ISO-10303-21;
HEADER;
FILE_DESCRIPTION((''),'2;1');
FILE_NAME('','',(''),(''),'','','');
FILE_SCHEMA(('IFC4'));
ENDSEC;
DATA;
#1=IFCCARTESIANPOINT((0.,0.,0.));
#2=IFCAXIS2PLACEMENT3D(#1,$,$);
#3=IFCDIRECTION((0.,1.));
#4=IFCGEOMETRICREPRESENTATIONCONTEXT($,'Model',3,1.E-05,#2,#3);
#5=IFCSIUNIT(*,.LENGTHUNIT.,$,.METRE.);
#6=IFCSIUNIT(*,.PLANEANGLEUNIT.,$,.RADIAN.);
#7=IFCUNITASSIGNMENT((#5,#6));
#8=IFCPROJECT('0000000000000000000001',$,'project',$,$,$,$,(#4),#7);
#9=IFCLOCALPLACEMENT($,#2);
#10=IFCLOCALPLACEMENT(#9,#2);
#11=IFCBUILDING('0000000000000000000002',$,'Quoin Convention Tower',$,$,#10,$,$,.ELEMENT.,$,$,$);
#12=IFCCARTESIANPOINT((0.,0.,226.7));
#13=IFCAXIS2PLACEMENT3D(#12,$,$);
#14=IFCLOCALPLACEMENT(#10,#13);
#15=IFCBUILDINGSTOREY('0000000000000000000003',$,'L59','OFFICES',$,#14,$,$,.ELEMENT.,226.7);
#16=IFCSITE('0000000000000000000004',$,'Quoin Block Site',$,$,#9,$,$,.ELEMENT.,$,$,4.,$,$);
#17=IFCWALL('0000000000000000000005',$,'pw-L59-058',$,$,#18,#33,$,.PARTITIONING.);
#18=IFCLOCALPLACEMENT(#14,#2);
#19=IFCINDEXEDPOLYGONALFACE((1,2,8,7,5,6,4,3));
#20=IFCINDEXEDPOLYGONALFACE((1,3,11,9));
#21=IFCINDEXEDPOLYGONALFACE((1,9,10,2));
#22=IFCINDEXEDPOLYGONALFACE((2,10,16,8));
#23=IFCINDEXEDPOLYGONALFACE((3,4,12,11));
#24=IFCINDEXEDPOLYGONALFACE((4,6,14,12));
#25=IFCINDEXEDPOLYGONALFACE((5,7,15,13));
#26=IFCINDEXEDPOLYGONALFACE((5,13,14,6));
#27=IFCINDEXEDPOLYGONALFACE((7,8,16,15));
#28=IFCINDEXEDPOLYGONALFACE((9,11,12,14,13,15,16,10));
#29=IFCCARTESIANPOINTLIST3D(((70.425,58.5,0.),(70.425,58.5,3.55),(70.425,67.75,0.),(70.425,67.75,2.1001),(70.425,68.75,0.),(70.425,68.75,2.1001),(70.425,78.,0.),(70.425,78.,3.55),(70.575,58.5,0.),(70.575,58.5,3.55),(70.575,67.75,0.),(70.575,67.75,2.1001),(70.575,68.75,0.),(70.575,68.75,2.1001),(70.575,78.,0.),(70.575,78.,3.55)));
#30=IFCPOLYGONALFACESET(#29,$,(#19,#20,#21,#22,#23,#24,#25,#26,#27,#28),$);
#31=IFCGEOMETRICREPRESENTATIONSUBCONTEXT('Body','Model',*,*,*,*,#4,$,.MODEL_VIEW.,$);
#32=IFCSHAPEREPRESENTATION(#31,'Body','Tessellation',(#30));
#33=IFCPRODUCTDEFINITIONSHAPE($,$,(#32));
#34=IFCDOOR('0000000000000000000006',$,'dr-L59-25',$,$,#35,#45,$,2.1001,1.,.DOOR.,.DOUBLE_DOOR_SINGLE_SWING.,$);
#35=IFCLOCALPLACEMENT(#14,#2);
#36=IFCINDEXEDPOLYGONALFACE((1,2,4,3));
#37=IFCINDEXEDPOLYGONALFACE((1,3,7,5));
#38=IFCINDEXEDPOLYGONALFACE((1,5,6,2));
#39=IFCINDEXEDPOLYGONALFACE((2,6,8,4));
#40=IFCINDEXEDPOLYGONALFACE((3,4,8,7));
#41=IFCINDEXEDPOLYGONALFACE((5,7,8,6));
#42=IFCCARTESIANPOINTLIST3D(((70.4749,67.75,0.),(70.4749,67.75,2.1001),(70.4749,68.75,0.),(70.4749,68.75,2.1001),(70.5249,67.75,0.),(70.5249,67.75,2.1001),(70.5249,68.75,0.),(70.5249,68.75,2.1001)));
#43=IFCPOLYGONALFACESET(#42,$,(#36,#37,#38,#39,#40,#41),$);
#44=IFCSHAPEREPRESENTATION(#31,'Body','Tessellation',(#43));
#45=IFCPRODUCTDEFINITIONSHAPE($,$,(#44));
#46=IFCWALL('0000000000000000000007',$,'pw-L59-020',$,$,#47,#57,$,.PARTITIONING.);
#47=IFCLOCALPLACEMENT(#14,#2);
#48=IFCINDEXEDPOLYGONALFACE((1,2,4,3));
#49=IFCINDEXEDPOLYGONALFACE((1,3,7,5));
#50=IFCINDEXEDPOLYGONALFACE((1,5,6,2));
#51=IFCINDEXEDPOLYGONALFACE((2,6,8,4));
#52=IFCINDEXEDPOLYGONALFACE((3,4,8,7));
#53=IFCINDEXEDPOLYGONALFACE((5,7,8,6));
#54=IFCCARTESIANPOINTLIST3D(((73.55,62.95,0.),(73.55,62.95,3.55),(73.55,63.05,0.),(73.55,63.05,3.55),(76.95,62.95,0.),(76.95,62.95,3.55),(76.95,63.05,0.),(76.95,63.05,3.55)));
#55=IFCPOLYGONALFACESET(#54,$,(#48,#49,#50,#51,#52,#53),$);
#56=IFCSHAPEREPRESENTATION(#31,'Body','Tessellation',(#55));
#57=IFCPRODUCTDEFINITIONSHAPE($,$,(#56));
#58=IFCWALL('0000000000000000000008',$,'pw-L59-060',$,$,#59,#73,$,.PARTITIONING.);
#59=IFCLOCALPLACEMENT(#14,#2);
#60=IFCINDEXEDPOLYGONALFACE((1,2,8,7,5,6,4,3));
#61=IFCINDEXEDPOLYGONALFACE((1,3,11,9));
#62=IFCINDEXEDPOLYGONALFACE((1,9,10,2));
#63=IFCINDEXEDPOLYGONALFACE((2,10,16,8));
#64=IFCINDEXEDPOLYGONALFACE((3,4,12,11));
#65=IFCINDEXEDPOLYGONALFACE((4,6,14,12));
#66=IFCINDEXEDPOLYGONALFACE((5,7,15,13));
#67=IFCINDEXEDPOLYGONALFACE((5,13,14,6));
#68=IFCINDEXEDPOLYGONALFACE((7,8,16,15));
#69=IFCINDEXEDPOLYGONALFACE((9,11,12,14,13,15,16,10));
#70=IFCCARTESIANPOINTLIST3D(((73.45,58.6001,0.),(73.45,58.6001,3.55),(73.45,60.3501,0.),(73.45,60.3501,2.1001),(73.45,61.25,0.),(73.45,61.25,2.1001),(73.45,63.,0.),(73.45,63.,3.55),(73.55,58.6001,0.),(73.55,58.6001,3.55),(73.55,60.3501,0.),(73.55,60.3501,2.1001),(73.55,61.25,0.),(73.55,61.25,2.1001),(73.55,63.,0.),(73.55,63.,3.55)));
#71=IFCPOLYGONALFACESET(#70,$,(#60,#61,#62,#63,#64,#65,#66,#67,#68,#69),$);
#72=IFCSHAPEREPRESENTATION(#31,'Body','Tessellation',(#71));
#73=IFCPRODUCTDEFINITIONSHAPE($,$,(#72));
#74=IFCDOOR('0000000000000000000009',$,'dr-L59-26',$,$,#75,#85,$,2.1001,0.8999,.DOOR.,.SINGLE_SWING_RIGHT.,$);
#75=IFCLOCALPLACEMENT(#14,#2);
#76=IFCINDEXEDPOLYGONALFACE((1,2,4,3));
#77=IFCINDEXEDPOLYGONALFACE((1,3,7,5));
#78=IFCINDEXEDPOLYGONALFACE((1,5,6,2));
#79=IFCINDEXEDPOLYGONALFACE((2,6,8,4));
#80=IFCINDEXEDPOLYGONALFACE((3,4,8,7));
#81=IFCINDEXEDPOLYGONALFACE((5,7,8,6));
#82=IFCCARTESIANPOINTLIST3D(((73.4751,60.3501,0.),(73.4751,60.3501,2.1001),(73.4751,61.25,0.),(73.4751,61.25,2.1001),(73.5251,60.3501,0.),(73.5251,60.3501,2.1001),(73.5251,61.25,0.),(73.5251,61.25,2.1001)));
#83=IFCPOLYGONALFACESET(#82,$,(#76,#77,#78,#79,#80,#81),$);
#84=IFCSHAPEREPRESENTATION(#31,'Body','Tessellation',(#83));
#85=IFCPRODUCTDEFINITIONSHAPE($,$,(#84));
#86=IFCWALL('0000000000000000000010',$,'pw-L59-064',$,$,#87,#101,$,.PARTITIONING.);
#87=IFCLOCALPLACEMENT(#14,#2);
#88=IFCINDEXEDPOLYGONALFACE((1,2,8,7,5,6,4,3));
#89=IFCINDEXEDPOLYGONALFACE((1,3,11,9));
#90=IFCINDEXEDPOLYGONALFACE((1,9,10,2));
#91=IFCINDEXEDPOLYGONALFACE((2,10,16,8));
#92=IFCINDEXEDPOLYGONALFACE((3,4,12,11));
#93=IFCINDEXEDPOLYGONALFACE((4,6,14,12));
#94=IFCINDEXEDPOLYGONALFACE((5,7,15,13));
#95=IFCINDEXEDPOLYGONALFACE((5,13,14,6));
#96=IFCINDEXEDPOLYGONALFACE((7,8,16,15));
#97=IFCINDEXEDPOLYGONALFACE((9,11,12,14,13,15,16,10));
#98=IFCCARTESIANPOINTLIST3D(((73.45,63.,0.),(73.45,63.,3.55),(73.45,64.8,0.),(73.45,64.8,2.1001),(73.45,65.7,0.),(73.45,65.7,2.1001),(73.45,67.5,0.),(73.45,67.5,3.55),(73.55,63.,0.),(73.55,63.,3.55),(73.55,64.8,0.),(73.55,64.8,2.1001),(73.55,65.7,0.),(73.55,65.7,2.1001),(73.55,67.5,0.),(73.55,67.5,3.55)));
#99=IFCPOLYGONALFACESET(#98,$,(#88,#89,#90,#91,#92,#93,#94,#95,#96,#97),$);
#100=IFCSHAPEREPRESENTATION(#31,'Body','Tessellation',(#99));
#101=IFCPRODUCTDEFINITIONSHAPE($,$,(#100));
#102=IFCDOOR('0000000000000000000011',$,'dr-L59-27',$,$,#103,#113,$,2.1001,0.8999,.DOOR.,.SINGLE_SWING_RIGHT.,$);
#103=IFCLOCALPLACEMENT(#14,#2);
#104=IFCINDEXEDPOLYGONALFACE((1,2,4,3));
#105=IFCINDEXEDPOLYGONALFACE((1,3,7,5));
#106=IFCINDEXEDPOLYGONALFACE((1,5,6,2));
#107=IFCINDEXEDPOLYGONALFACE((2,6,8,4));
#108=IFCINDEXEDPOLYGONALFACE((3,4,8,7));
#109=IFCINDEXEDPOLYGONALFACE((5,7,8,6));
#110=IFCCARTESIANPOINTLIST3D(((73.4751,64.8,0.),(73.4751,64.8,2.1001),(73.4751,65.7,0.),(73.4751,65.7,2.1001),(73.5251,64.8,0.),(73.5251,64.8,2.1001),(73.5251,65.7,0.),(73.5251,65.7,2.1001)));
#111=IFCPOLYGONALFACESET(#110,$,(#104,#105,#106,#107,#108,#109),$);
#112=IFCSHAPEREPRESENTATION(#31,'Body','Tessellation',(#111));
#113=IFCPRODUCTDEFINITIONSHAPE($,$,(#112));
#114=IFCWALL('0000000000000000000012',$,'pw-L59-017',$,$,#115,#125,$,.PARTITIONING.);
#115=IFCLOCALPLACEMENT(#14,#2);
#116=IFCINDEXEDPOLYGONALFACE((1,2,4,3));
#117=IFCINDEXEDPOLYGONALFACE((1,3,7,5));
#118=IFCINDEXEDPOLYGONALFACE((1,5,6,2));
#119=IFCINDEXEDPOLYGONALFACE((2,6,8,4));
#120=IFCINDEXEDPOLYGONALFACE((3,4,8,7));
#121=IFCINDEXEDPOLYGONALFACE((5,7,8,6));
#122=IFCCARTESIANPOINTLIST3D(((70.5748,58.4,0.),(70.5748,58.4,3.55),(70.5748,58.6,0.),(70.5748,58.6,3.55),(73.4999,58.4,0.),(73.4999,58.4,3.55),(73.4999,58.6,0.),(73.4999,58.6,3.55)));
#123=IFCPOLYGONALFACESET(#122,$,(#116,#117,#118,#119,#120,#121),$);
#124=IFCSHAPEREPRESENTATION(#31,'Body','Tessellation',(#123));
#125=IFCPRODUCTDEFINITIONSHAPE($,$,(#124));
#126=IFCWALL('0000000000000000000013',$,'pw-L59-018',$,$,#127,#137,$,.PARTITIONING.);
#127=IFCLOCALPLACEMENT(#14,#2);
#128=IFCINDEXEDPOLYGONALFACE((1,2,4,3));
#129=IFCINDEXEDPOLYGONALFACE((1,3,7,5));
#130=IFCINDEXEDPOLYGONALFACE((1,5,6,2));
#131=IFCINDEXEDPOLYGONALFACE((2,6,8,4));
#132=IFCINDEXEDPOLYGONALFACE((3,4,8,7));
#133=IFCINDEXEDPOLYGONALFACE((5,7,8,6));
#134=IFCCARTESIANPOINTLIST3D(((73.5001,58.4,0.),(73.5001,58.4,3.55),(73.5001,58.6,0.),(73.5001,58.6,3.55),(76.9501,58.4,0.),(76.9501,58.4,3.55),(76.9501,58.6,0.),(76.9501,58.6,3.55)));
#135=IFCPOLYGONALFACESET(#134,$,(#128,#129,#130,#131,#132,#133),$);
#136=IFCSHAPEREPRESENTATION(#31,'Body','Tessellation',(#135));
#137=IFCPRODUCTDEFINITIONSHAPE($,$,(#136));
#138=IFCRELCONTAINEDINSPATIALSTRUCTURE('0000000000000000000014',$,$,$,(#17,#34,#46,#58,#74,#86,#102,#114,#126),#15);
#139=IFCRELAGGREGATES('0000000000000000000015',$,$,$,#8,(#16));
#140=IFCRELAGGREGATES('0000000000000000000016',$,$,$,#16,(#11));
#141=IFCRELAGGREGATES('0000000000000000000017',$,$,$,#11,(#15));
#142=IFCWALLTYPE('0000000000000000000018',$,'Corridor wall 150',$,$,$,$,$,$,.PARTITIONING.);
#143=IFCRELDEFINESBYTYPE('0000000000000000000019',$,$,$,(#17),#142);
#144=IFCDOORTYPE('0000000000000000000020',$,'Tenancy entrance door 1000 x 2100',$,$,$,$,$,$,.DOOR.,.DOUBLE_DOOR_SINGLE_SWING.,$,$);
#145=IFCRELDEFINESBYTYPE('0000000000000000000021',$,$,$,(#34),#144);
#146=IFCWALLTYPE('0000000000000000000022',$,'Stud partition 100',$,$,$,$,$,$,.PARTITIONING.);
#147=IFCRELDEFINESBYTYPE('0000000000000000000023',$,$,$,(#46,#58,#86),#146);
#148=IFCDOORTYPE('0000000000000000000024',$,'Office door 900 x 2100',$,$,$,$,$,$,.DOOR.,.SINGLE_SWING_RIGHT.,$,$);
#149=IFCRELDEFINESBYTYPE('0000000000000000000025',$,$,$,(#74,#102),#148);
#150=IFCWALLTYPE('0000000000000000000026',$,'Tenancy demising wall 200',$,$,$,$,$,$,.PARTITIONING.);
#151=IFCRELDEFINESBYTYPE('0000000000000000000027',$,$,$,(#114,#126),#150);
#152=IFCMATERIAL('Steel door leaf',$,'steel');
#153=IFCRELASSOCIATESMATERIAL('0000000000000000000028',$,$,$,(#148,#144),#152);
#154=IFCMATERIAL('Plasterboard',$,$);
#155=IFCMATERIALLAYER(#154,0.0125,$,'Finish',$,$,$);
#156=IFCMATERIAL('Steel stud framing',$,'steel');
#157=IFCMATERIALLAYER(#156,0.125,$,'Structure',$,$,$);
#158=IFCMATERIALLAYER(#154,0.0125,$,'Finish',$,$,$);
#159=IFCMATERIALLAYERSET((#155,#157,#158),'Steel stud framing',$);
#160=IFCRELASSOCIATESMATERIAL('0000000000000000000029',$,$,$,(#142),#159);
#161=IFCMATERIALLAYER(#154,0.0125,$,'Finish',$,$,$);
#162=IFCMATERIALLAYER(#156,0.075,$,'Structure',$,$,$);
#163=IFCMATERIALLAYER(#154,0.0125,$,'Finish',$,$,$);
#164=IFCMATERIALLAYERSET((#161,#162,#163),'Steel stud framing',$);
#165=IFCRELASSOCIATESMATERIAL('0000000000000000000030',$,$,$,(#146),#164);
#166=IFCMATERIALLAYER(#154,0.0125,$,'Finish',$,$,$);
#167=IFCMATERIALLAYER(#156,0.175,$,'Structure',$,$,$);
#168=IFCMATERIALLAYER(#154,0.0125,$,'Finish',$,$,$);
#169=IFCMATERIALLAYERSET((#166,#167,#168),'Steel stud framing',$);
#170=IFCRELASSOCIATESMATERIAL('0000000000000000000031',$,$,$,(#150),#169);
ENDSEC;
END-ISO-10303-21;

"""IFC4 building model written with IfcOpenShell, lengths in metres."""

from ifc_helpers import new_model, si_unit, direction, frame, frame_2d, origin, place, context, subcontext, project, spatial, rectangle, extrude, material, layer, layer_set, type_object, element, fill, save


model = new_model("IFC4")

# Units and contexts
model_context = context("Model", 3, precision=1e-05, world=origin(), true_north=direction((0.0, 1.0)))
body_context = subcontext(model_context, "Body", "Model", "MODEL_VIEW")
ifc_project = project(units=[si_unit("LENGTHUNIT", "METRE"), si_unit("PLANEANGLEUNIT", "RADIAN")], contexts=[model_context])

# Site, building, storey
site_placement = place(None, origin())
site = spatial("IfcSite", under=ifc_project, at=site_placement, Name="Quoin Block Site", CompositionType="ELEMENT", RefElevation=4.0)
building_placement = place(site_placement, origin())
building = spatial("IfcBuilding", under=site, at=building_placement, Name="Quoin Convention Tower", CompositionType="ELEMENT")
storey_placement = place(building_placement, frame((0.0, 0.0, 226.7)))
storey = spatial("IfcBuildingStorey", under=building, at=storey_placement, Name="L59", Description="OFFICES", CompositionType="ELEMENT", Elevation=226.7)

# Shared definitions
ifc_material_1 = material(Name="Plasterboard")
ifc_material_2 = material(Name="Steel stud framing", Category="steel")

# Wall, opening, door
ifc_material_3 = material(Name="Steel door leaf", Category="steel")
door_type_1 = type_object("IfcDoorType", Name="Office door 900 x 2100", OperationType="SINGLE_SWING_RIGHT", PredefinedType="DOOR", material=ifc_material_3)
ifc_layer_1 = layer(ifc_material_1, 0.0125, Name="Finish")
ifc_layer_2 = layer(ifc_material_2, 0.125, Name="Structure")
ifc_layer_3 = layer(ifc_material_1, 0.0125, Name="Finish")
ifc_layer_set_1 = layer_set([ifc_layer_1, ifc_layer_2, ifc_layer_3], Name="Steel stud framing")
wall_type_1 = type_object("IfcWallType", Name="Corridor wall 150", PredefinedType="PARTITIONING", material=ifc_layer_set_1)
wall_1_placement = place(storey_placement, frame((70.5, 58.5, 0.0), z_axis=(0.0, 0.0, 1.0), x_axis=(0.0, 1.0, 0.0)))
wall_1 = element("IfcWall", 1, at=wall_1_placement, inside=storey, type_object=wall_type_1, Name="pw-L59-058", PredefinedType="PARTITIONING", context=body_context, shape_type="SweptSolid", body=[
    extrude(rectangle(XDim=19.5, YDim=0.1499, at=frame_2d((9.75, 0.0))), origin(), (0.0, 0.0, 1.0), 3.55),
])
opening_1_placement = place(wall_1_placement, frame((9.25, 0.0, 0.0)))
opening_1 = element("IfcOpeningElement", 2, at=opening_1_placement, cuts=wall_1, PredefinedType="OPENING", context=body_context, shape_type="SweptSolid", body=[
    extrude(rectangle(XDim=1.0, YDim=2.1001, at=frame_2d((0.5, 1.05))), frame((0.0, 0.085, 0.0), z_axis=(0.0, -1.0, 0.0), x_axis=(1.0, 0.0, 0.0)), (0.0, 0.0, 1.0), 0.1699),
])
door_type_2 = type_object("IfcDoorType", Name="Tenancy entrance door 1000 x 2100", OperationType="DOUBLE_DOOR_SINGLE_SWING", PredefinedType="DOOR", material=ifc_material_3)
door_1_placement = place(opening_1_placement, frame((1.0, 0.0, 0.0), z_axis=(0.0, 0.0, 1.0), x_axis=(-1.0, 0.0, 0.0)))
door_1 = element("IfcDoor", 3, at=door_1_placement, inside=storey, type_object=door_type_2, Name="dr-L59-25", OperationType="DOUBLE_DOOR_SINGLE_SWING", OverallHeight=2.1001, OverallWidth=1.0, PredefinedType="DOOR", context=body_context, shape_type="SweptSolid", body=[
    extrude(rectangle(XDim=1.0, YDim=2.1001, at=frame_2d((0.5, 1.05))), frame((0.0, 0.0249, 0.0), z_axis=(0.0, -1.0, 0.0), x_axis=(1.0, 0.0, 0.0)), (0.0, 0.0, 1.0), 0.05),
])
fill(opening_1, door_1)

# Wall
ifc_layer_4 = layer(ifc_material_1, 0.0125, Name="Finish")
ifc_layer_5 = layer(ifc_material_2, 0.075, Name="Structure")
ifc_layer_6 = layer(ifc_material_1, 0.0125, Name="Finish")
ifc_layer_set_2 = layer_set([ifc_layer_4, ifc_layer_5, ifc_layer_6], Name="Steel stud framing")
wall_type_2 = type_object("IfcWallType", Name="Stud partition 100", PredefinedType="PARTITIONING", material=ifc_layer_set_2)
wall_2_placement = place(storey_placement, frame((73.55, 63.0, 0.0), z_axis=(0.0, 0.0, 1.0), x_axis=(1.0, 0.0, 0.0)))
element("IfcWall", 4, at=wall_2_placement, inside=storey, type_object=wall_type_2, Name="pw-L59-020", PredefinedType="PARTITIONING", context=body_context, shape_type="SweptSolid", body=[
    extrude(rectangle(XDim=3.3999, YDim=0.1001, at=frame_2d((1.7, 0.0))), origin(), (0.0, 0.0, 1.0), 3.55),
])

# Walls, openings, doors
wall_3_placement = place(storey_placement, frame((73.5, 58.6001, 0.0), z_axis=(0.0, 0.0, 1.0), x_axis=(0.0, 1.0, 0.0)))
wall_3 = element("IfcWall", 5, at=wall_3_placement, inside=storey, type_object=wall_type_2, Name="pw-L59-060", PredefinedType="PARTITIONING", context=body_context, shape_type="SweptSolid", body=[
    extrude(rectangle(XDim=4.3999, YDim=0.1001, at=frame_2d((2.2, 0.0))), origin(), (0.0, 0.0, 1.0), 3.55),
])
opening_2_placement = place(wall_3_placement, frame((1.75, 0.0, 0.0)))
opening_2 = element("IfcOpeningElement", 6, at=opening_2_placement, cuts=wall_3, PredefinedType="OPENING", context=body_context, shape_type="SweptSolid", body=[
    extrude(rectangle(XDim=0.8999, YDim=2.1001, at=frame_2d((0.45, 1.05))), frame((0.0, 0.0601, 0.0), z_axis=(0.0, -1.0, 0.0), x_axis=(1.0, 0.0, 0.0)), (0.0, 0.0, 1.0), 0.1201),
])
door_2_placement = place(opening_2_placement, origin())
door_2 = element("IfcDoor", 7, at=door_2_placement, inside=storey, type_object=door_type_1, Name="dr-L59-26", OperationType="SINGLE_SWING_RIGHT", OverallHeight=2.1001, OverallWidth=0.8999, PredefinedType="DOOR", context=body_context, shape_type="SweptSolid", body=[
    extrude(rectangle(XDim=0.8999, YDim=2.1001, at=frame_2d((0.45, 1.05))), frame((0.0, 0.0249, 0.0), z_axis=(0.0, -1.0, 0.0), x_axis=(1.0, 0.0, 0.0)), (0.0, 0.0, 1.0), 0.05),
])
fill(opening_2, door_2)
wall_4_placement = place(storey_placement, frame((73.5, 63.0, 0.0), z_axis=(0.0, 0.0, 1.0), x_axis=(0.0, 1.0, 0.0)))
wall_4 = element("IfcWall", 8, at=wall_4_placement, inside=storey, type_object=wall_type_2, Name="pw-L59-064", PredefinedType="PARTITIONING", context=body_context, shape_type="SweptSolid", body=[
    extrude(rectangle(XDim=4.5, YDim=0.1001, at=frame_2d((2.25, 0.0))), origin(), (0.0, 0.0, 1.0), 3.55),
])
opening_3_placement = place(wall_4_placement, frame((1.8, 0.0, 0.0)))
opening_3 = element("IfcOpeningElement", 9, at=opening_3_placement, cuts=wall_4, PredefinedType="OPENING", context=body_context, shape_type="SweptSolid", body=[
    extrude(rectangle(XDim=0.8999, YDim=2.1001, at=frame_2d((0.45, 1.05))), frame((0.0, 0.0601, 0.0), z_axis=(0.0, -1.0, 0.0), x_axis=(1.0, 0.0, 0.0)), (0.0, 0.0, 1.0), 0.1201),
])
door_3_placement = place(opening_3_placement, origin())
door_3 = element("IfcDoor", 10, at=door_3_placement, inside=storey, type_object=door_type_1, Name="dr-L59-27", OperationType="SINGLE_SWING_RIGHT", OverallHeight=2.1001, OverallWidth=0.8999, PredefinedType="DOOR", context=body_context, shape_type="SweptSolid", body=[
    extrude(rectangle(XDim=0.8999, YDim=2.1001, at=frame_2d((0.45, 1.05))), frame((0.0, 0.0249, 0.0), z_axis=(0.0, -1.0, 0.0), x_axis=(1.0, 0.0, 0.0)), (0.0, 0.0, 1.0), 0.05),
])
fill(opening_3, door_3)

# Walls
ifc_layer_7 = layer(ifc_material_1, 0.0125, Name="Finish")
ifc_layer_8 = layer(ifc_material_2, 0.175, Name="Structure")
ifc_layer_9 = layer(ifc_material_1, 0.0125, Name="Finish")
ifc_layer_set_3 = layer_set([ifc_layer_7, ifc_layer_8, ifc_layer_9], Name="Steel stud framing")
wall_type_3 = type_object("IfcWallType", Name="Tenancy demising wall 200", PredefinedType="PARTITIONING", material=ifc_layer_set_3)
wall_5_placement = place(storey_placement, frame((70.575, 58.5, 0.0), z_axis=(0.0, 0.0, 1.0), x_axis=(1.0, 0.0, 0.0)))
element("IfcWall", 11, at=wall_5_placement, inside=storey, type_object=wall_type_3, Name="pw-L59-017", PredefinedType="PARTITIONING", context=body_context, shape_type="SweptSolid", body=[
    extrude(rectangle(XDim=2.925, YDim=0.2, at=frame_2d((1.4624, 0.0))), origin(), (0.0, 0.0, 1.0), 3.55),
])
wall_6_placement = place(storey_placement, frame((73.5, 58.5, 0.0), z_axis=(0.0, 0.0, 1.0), x_axis=(1.0, 0.0, 0.0)))
element("IfcWall", 12, at=wall_6_placement, inside=storey, type_object=wall_type_3, Name="pw-L59-018", PredefinedType="PARTITIONING", context=body_context, shape_type="SweptSolid", body=[
    extrude(rectangle(XDim=3.45, YDim=0.2, at=frame_2d((1.7251, 0.0))), origin(), (0.0, 0.0, 1.0), 3.55),
])

save(model, "model.ifc")
